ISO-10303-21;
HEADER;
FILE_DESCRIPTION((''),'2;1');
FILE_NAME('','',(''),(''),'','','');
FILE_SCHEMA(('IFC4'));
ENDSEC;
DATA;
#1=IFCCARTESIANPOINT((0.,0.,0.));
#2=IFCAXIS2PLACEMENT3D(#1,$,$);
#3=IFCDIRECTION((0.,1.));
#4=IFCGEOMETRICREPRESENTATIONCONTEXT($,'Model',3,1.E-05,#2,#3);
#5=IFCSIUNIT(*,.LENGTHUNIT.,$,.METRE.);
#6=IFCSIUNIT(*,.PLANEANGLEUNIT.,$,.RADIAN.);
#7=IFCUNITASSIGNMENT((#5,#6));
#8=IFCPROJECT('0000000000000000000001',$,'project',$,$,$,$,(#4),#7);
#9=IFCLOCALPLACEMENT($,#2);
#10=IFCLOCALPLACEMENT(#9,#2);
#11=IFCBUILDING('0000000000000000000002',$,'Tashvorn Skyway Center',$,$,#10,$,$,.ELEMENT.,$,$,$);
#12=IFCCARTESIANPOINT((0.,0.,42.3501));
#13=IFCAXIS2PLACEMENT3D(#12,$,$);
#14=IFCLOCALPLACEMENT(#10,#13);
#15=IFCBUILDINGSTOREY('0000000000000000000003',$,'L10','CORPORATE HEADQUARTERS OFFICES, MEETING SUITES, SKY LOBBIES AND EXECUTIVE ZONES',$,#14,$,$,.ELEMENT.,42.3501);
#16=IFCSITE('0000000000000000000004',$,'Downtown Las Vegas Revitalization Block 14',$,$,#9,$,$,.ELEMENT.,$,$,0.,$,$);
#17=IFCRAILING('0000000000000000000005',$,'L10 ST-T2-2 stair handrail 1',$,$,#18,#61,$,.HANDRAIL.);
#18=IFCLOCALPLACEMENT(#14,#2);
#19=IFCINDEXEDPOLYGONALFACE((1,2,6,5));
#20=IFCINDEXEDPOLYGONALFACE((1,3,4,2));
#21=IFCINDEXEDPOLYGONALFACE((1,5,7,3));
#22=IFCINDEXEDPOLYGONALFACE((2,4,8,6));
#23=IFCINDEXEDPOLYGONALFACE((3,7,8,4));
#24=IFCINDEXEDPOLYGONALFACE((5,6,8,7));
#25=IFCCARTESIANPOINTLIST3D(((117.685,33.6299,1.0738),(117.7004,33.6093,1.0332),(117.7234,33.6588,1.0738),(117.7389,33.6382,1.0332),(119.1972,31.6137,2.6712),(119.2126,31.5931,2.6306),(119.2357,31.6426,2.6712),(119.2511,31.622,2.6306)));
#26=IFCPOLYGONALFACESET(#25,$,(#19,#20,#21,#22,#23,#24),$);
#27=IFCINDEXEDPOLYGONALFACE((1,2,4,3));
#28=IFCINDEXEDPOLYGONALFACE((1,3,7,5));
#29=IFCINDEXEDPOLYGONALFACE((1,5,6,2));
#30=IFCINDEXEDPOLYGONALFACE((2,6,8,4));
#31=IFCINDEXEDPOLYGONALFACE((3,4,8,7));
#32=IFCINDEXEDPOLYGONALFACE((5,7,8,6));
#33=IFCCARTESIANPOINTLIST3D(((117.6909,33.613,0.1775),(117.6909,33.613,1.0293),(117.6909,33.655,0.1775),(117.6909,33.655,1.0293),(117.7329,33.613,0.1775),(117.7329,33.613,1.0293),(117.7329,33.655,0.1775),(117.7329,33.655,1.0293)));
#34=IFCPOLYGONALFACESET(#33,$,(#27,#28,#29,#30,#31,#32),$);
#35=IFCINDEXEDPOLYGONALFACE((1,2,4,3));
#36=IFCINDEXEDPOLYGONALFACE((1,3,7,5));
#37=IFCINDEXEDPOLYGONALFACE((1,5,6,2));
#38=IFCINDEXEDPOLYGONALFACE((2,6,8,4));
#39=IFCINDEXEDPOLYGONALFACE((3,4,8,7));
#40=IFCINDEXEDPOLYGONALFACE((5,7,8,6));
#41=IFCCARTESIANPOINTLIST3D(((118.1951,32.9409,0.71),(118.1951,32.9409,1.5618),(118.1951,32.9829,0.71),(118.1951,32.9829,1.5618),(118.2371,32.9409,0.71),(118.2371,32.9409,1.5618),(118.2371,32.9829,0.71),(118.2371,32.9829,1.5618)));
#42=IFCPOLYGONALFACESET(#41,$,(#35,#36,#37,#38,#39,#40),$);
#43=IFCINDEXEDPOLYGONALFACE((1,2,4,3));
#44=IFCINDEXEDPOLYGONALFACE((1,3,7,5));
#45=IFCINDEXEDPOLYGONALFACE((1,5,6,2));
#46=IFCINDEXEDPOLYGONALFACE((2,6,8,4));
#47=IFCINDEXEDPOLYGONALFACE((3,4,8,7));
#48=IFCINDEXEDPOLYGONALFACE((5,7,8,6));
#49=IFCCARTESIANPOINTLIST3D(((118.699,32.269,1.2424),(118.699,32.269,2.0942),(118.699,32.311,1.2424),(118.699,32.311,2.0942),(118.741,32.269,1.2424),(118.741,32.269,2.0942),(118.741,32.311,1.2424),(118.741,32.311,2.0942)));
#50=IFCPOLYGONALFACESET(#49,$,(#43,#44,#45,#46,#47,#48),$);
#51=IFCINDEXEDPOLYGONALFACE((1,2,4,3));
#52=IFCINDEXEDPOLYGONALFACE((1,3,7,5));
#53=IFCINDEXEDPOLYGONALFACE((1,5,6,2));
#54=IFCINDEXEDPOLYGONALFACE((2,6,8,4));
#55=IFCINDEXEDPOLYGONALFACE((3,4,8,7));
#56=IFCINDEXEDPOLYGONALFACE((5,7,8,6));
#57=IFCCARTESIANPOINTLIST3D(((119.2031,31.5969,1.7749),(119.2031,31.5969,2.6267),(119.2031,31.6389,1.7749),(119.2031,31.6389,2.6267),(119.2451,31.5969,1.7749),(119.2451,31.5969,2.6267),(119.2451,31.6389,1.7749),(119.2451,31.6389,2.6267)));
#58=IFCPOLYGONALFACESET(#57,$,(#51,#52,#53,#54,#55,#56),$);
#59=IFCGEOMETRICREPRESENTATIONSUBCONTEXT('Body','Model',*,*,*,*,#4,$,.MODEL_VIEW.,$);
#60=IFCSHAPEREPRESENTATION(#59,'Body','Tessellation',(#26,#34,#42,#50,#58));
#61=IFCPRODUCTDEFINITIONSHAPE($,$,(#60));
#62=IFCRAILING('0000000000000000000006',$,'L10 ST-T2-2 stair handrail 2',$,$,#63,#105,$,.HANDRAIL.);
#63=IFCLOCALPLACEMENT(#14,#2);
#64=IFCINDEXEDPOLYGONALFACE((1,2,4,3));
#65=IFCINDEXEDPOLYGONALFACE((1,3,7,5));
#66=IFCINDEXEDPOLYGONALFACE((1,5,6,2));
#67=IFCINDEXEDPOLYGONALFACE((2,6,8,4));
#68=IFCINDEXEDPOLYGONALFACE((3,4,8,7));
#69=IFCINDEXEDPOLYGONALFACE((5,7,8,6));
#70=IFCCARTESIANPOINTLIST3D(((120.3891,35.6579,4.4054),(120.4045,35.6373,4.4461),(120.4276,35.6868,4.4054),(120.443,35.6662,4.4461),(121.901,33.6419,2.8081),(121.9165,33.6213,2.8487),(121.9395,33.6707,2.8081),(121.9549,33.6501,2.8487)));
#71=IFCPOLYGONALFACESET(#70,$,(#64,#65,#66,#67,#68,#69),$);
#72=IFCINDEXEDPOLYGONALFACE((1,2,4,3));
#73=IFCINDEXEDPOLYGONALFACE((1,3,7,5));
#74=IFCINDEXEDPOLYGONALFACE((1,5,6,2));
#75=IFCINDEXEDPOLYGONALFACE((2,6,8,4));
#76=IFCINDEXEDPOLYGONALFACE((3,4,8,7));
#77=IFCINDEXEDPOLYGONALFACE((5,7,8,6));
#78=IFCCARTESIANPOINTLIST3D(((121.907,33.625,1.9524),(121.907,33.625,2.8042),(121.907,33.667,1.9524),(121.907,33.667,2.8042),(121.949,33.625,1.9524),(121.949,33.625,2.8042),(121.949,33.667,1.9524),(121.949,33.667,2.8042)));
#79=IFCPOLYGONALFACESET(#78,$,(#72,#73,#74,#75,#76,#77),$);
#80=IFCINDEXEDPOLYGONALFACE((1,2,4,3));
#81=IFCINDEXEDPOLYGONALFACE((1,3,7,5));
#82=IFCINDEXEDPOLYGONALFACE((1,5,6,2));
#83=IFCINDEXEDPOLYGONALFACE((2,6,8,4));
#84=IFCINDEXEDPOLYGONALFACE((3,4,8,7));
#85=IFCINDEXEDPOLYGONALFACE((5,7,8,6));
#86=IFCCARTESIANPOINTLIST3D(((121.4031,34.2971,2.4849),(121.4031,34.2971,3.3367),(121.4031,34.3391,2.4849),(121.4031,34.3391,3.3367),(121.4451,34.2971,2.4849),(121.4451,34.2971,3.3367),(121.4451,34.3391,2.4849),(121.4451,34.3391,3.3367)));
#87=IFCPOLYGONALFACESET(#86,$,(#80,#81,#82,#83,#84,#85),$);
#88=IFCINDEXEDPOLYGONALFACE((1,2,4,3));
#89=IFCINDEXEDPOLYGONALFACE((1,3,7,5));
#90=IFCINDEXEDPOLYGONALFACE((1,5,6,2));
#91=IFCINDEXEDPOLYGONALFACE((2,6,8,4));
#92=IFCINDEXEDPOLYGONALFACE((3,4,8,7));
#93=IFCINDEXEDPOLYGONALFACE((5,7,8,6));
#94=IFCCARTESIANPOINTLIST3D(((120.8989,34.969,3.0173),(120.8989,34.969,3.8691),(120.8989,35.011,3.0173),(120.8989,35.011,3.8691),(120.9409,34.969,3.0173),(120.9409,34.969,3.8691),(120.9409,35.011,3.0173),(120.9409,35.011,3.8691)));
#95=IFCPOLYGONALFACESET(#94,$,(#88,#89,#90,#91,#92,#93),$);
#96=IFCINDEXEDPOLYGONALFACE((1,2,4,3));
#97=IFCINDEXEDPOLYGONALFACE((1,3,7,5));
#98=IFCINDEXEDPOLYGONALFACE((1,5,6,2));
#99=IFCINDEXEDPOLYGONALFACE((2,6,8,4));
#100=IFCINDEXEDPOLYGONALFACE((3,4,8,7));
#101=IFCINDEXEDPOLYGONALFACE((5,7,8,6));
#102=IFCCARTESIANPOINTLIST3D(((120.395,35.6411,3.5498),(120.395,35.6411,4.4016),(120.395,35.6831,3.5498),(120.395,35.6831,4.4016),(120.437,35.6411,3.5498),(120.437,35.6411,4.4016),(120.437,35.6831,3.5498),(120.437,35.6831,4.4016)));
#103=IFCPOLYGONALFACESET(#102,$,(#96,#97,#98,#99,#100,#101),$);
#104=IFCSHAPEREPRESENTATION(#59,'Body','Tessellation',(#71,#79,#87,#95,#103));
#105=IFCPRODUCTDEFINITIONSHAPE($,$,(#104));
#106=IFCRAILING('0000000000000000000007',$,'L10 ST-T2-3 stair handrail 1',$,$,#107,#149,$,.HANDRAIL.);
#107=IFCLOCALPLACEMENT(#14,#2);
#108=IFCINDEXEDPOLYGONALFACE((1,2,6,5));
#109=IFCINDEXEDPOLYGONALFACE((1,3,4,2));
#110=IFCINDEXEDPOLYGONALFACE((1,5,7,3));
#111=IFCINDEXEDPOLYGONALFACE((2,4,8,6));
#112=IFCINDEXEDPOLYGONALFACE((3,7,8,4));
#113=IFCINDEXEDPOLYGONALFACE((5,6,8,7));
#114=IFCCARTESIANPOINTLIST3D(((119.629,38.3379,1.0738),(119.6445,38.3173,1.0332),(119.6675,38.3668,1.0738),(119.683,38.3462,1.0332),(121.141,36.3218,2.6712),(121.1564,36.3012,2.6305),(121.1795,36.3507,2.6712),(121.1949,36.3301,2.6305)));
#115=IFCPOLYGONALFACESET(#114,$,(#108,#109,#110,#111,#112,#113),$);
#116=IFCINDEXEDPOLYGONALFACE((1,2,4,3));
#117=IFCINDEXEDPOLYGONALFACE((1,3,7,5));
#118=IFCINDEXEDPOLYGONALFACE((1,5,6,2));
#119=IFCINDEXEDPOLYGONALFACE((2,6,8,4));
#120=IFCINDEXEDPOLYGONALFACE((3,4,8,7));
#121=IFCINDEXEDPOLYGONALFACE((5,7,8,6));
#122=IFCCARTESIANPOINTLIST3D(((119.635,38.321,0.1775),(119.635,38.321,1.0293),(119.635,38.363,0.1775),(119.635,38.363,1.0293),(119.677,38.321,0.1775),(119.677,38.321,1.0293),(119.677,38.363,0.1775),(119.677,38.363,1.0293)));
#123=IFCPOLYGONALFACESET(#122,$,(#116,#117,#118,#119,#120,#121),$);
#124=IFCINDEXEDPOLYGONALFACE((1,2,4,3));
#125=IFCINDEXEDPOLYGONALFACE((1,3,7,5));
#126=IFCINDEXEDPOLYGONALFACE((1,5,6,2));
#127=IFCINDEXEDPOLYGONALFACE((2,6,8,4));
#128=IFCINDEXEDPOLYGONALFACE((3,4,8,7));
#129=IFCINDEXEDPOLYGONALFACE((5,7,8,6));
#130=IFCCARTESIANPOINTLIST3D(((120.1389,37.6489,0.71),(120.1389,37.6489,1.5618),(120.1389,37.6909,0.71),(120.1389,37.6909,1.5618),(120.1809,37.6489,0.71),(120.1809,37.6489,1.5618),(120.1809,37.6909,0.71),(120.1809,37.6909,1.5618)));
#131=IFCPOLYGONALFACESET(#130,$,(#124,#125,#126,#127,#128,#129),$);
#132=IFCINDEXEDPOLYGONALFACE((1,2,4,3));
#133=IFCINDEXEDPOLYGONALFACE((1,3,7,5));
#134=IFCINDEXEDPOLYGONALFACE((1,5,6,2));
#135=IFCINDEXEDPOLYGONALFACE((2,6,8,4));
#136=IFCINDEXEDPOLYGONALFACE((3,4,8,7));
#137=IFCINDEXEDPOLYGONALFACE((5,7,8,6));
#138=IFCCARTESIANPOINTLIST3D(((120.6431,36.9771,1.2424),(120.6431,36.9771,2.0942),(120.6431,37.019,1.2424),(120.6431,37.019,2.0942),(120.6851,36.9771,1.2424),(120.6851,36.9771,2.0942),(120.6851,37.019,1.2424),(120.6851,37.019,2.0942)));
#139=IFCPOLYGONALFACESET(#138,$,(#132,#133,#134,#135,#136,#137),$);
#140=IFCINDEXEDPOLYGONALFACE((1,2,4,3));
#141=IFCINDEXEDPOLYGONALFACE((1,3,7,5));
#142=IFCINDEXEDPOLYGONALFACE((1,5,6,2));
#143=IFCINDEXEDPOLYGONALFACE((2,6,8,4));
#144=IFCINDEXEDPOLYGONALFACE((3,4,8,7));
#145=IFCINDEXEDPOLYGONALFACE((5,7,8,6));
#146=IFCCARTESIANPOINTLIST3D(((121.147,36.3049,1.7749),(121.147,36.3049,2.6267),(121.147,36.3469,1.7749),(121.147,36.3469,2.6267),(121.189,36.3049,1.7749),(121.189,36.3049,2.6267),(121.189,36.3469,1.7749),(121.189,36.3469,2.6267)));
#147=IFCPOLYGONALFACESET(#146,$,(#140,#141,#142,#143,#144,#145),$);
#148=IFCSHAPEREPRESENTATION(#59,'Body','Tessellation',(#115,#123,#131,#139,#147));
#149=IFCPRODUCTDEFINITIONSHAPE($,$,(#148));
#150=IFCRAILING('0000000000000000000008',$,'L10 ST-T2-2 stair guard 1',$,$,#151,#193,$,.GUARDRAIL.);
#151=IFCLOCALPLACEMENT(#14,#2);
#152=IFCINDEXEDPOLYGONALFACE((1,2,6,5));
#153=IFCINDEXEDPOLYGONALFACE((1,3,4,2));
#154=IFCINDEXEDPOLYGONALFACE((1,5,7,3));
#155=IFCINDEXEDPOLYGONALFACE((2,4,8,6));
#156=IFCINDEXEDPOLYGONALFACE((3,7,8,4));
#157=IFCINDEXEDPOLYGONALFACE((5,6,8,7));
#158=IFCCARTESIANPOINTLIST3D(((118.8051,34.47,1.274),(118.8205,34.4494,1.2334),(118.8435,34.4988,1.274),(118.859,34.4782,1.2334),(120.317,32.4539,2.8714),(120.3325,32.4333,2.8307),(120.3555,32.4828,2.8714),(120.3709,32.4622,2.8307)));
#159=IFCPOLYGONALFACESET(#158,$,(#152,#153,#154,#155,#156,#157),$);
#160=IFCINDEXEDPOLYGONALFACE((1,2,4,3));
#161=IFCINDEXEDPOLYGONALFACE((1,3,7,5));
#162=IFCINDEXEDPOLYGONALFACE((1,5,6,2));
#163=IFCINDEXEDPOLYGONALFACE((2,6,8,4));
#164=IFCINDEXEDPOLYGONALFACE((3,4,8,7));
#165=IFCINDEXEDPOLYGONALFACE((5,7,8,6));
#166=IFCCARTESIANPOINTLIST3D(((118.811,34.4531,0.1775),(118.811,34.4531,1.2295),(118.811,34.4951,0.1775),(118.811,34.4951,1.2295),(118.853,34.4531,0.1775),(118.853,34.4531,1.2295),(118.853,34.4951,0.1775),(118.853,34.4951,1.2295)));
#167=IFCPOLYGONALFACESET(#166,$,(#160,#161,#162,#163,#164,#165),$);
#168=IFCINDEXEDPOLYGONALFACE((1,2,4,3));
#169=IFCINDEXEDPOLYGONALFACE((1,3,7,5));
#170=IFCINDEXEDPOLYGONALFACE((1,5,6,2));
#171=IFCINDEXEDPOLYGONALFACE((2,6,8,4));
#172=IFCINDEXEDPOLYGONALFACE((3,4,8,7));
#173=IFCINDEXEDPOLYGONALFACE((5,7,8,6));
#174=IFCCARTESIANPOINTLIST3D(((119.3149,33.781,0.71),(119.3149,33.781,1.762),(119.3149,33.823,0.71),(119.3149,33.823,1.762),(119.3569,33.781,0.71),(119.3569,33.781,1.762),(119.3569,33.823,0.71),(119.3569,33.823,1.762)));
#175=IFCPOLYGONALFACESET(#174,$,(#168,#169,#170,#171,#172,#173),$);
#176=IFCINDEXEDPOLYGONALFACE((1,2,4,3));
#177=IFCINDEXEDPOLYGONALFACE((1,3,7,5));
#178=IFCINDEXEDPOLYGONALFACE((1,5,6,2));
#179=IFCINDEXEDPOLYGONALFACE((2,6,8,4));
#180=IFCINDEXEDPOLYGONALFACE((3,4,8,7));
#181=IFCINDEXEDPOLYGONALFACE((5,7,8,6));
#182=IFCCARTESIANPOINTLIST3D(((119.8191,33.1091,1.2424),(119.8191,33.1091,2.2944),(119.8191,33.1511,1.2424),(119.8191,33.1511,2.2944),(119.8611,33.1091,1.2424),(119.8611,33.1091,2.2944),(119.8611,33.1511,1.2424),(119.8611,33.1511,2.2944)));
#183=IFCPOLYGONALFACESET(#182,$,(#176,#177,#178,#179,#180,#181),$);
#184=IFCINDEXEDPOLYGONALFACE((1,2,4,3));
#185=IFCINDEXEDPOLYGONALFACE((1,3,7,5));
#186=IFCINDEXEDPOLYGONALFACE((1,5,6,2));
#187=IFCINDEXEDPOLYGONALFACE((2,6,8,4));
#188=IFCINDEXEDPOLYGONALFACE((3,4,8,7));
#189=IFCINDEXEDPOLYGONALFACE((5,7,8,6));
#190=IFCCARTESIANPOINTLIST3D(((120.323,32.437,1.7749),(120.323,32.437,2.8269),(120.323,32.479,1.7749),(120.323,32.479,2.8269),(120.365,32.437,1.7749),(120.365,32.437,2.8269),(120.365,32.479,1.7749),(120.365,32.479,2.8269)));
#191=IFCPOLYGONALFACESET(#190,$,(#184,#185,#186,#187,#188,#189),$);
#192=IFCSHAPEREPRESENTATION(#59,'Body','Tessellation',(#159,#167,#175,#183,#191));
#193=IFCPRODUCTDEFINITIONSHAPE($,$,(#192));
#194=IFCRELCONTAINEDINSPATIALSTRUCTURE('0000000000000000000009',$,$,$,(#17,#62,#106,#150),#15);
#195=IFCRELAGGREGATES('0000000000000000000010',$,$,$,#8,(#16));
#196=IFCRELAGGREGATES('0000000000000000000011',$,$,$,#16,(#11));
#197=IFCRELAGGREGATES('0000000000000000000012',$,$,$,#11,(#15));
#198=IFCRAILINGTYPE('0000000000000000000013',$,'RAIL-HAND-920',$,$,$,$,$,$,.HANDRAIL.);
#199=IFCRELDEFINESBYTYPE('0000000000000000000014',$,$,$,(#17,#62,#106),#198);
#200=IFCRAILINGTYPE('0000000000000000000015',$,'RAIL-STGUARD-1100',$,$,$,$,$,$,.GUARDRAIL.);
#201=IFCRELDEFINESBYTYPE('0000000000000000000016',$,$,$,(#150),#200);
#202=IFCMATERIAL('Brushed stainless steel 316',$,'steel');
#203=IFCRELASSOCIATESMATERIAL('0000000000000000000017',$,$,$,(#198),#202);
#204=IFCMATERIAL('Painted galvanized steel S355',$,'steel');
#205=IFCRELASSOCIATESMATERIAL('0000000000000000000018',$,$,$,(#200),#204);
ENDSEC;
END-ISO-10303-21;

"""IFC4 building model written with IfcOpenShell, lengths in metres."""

from ifc_helpers import new_model, si_unit, direction, frame, origin, origin_2d, place, context, subcontext, project, spatial, rectangle, extrude, material, type_object, element, save


model = new_model("IFC4")

# Units and contexts
model_context = context("Model", 3, precision=1e-05, world=origin(), true_north=direction((0.0, 1.0)))
body_context = subcontext(model_context, "Body", "Model", "MODEL_VIEW")
ifc_project = project(units=[si_unit("LENGTHUNIT", "METRE"), si_unit("PLANEANGLEUNIT", "RADIAN")], contexts=[model_context])

# Site, building, storey
site_placement = place(None, origin())
site = spatial("IfcSite", under=ifc_project, at=site_placement, Name="Downtown Las Vegas Revitalization Block 14", CompositionType="ELEMENT", RefElevation=0.0)
building_placement = place(site_placement, origin())
building = spatial("IfcBuilding", under=site, at=building_placement, Name="Tashvorn Skyway Center", CompositionType="ELEMENT")
storey_placement = place(building_placement, frame((0.0, 0.0, 42.3501)))
storey = spatial("IfcBuildingStorey", under=building, at=storey_placement, Name="L10", Description="CORPORATE HEADQUARTERS OFFICES, MEETING SUITES, SKY LOBBIES AND EXECUTIVE ZONES", CompositionType="ELEMENT", Elevation=42.3501)

# Railings
ifc_material_1 = material(Name="Brushed stainless steel 316", Category="steel")
railing_type_1 = type_object("IfcRailingType", Name="RAIL-HAND-920", PredefinedType="HANDRAIL", material=ifc_material_1)
railing_1_placement = place(storey_placement, frame((117.7119, 33.634, 0.1775)))
element("IfcRailing", 1, at=railing_1_placement, inside=storey, type_object=railing_type_1, Name="L10 ST-T2-2 stair handrail 1", PredefinedType="HANDRAIL", context=body_context, shape_type="SweptSolid", body=[
    extrude(rectangle(XDim=0.0481, YDim=0.0481, at=origin_2d()), frame((0.0, 0.0, 0.876), z_axis=(0.506802, -0.675681, 0.535357), x_axis=(0.799977, 0.600031, 0.0)), (0.0, 0.0, 1.0), 2.9839),
    extrude(rectangle(XDim=0.042, YDim=0.042, at=origin_2d()), origin(), (0.0, 0.0, 1.0), 0.8518),
    extrude(rectangle(XDim=0.042, YDim=0.042, at=origin_2d()), frame((0.5042, -0.6721, 0.5325)), (0.0, 0.0, 1.0), 0.8518),
    extrude(rectangle(XDim=0.042, YDim=0.042, at=origin_2d()), frame((1.0081, -1.344, 1.0649)), (0.0, 0.0, 1.0), 0.8518),
    extrude(rectangle(XDim=0.042, YDim=0.042, at=origin_2d()), frame((1.5122, -2.0161, 1.5974)), (0.0, 0.0, 1.0), 0.8518),
])
railing_2_placement = place(storey_placement, frame((121.928, 33.646, 1.9524)))
element("IfcRailing", 2, at=railing_2_placement, inside=storey, type_object=railing_type_1, Name="L10 ST-T2-2 stair handrail 2", PredefinedType="HANDRAIL", context=body_context, shape_type="SweptSolid", body=[
    extrude(rectangle(XDim=0.0481, YDim=0.0481, at=origin_2d()), frame((0.0, 0.0, 0.876), z_axis=(-0.506741, 0.675709, 0.535379), x_axis=(-0.800023, -0.599969, 0.0)), (0.0, 0.0, 1.0), 2.9836),
    extrude(rectangle(XDim=0.042, YDim=0.042, at=origin_2d()), origin(), (0.0, 0.0, 1.0), 0.8518),
    extrude(rectangle(XDim=0.042, YDim=0.042, at=origin_2d()), frame((-0.5039, 0.6721, 0.5325)), (0.0, 0.0, 1.0), 0.8518),
    extrude(rectangle(XDim=0.042, YDim=0.042, at=origin_2d()), frame((-1.0081, 1.344, 1.0649)), (0.0, 0.0, 1.0), 0.8518),
    extrude(rectangle(XDim=0.042, YDim=0.042, at=origin_2d()), frame((-1.512, 2.0161, 1.5974)), (0.0, 0.0, 1.0), 0.8518),
])
railing_3_placement = place(storey_placement, frame((119.656, 38.342, 0.1775)))
element("IfcRailing", 3, at=railing_3_placement, inside=storey, type_object=railing_type_1, Name="L10 ST-T2-3 stair handrail 1", PredefinedType="HANDRAIL", context=body_context, shape_type="SweptSolid", body=[
    extrude(rectangle(XDim=0.0481, YDim=0.0481, at=origin_2d()), frame((0.0, 0.0, 0.876), z_axis=(0.506741, -0.675709, 0.535379), x_axis=(0.800023, 0.599969, 0.0)), (0.0, 0.0, 1.0), 2.9836),
    extrude(rectangle(XDim=0.042, YDim=0.042, at=origin_2d()), origin(), (0.0, 0.0, 1.0), 0.8518),
    extrude(rectangle(XDim=0.042, YDim=0.042, at=origin_2d()), frame((0.5039, -0.6721, 0.5325)), (0.0, 0.0, 1.0), 0.8518),
    extrude(rectangle(XDim=0.042, YDim=0.042, at=origin_2d()), frame((1.0081, -1.344, 1.0649)), (0.0, 0.0, 1.0), 0.8518),
    extrude(rectangle(XDim=0.042, YDim=0.042, at=origin_2d()), frame((1.512, -2.0161, 1.5974)), (0.0, 0.0, 1.0), 0.8518),
])
ifc_material_2 = material(Name="Painted galvanized steel S355", Category="steel")
railing_type_2 = type_object("IfcRailingType", Name="RAIL-STGUARD-1100", PredefinedType="GUARDRAIL", material=ifc_material_2)
railing_4_placement = place(storey_placement, frame((118.832, 34.4741, 0.1775)))
element("IfcRailing", 4, at=railing_4_placement, inside=storey, type_object=railing_type_2, Name="L10 ST-T2-2 stair guard 1", PredefinedType="GUARDRAIL", context=body_context, shape_type="SweptSolid", body=[
    extrude(rectangle(XDim=0.0481, YDim=0.0481, at=origin_2d()), frame((0.0, 0.0, 1.0762), z_axis=(0.506741, -0.675709, 0.535379), x_axis=(0.800023, 0.599969, 0.0)), (0.0, 0.0, 1.0), 2.9836),
    extrude(rectangle(XDim=0.042, YDim=0.042, at=origin_2d()), origin(), (0.0, 0.0, 1.0), 1.052),
    extrude(rectangle(XDim=0.042, YDim=0.042, at=origin_2d()), frame((0.5039, -0.6721, 0.5325)), (0.0, 0.0, 1.0), 1.052),
    extrude(rectangle(XDim=0.042, YDim=0.042, at=origin_2d()), frame((1.0081, -1.344, 1.0649)), (0.0, 0.0, 1.0), 1.052),
    extrude(rectangle(XDim=0.042, YDim=0.042, at=origin_2d()), frame((1.512, -2.0161, 1.5974)), (0.0, 0.0, 1.0), 1.052),
])

save(model, "model.ifc")
